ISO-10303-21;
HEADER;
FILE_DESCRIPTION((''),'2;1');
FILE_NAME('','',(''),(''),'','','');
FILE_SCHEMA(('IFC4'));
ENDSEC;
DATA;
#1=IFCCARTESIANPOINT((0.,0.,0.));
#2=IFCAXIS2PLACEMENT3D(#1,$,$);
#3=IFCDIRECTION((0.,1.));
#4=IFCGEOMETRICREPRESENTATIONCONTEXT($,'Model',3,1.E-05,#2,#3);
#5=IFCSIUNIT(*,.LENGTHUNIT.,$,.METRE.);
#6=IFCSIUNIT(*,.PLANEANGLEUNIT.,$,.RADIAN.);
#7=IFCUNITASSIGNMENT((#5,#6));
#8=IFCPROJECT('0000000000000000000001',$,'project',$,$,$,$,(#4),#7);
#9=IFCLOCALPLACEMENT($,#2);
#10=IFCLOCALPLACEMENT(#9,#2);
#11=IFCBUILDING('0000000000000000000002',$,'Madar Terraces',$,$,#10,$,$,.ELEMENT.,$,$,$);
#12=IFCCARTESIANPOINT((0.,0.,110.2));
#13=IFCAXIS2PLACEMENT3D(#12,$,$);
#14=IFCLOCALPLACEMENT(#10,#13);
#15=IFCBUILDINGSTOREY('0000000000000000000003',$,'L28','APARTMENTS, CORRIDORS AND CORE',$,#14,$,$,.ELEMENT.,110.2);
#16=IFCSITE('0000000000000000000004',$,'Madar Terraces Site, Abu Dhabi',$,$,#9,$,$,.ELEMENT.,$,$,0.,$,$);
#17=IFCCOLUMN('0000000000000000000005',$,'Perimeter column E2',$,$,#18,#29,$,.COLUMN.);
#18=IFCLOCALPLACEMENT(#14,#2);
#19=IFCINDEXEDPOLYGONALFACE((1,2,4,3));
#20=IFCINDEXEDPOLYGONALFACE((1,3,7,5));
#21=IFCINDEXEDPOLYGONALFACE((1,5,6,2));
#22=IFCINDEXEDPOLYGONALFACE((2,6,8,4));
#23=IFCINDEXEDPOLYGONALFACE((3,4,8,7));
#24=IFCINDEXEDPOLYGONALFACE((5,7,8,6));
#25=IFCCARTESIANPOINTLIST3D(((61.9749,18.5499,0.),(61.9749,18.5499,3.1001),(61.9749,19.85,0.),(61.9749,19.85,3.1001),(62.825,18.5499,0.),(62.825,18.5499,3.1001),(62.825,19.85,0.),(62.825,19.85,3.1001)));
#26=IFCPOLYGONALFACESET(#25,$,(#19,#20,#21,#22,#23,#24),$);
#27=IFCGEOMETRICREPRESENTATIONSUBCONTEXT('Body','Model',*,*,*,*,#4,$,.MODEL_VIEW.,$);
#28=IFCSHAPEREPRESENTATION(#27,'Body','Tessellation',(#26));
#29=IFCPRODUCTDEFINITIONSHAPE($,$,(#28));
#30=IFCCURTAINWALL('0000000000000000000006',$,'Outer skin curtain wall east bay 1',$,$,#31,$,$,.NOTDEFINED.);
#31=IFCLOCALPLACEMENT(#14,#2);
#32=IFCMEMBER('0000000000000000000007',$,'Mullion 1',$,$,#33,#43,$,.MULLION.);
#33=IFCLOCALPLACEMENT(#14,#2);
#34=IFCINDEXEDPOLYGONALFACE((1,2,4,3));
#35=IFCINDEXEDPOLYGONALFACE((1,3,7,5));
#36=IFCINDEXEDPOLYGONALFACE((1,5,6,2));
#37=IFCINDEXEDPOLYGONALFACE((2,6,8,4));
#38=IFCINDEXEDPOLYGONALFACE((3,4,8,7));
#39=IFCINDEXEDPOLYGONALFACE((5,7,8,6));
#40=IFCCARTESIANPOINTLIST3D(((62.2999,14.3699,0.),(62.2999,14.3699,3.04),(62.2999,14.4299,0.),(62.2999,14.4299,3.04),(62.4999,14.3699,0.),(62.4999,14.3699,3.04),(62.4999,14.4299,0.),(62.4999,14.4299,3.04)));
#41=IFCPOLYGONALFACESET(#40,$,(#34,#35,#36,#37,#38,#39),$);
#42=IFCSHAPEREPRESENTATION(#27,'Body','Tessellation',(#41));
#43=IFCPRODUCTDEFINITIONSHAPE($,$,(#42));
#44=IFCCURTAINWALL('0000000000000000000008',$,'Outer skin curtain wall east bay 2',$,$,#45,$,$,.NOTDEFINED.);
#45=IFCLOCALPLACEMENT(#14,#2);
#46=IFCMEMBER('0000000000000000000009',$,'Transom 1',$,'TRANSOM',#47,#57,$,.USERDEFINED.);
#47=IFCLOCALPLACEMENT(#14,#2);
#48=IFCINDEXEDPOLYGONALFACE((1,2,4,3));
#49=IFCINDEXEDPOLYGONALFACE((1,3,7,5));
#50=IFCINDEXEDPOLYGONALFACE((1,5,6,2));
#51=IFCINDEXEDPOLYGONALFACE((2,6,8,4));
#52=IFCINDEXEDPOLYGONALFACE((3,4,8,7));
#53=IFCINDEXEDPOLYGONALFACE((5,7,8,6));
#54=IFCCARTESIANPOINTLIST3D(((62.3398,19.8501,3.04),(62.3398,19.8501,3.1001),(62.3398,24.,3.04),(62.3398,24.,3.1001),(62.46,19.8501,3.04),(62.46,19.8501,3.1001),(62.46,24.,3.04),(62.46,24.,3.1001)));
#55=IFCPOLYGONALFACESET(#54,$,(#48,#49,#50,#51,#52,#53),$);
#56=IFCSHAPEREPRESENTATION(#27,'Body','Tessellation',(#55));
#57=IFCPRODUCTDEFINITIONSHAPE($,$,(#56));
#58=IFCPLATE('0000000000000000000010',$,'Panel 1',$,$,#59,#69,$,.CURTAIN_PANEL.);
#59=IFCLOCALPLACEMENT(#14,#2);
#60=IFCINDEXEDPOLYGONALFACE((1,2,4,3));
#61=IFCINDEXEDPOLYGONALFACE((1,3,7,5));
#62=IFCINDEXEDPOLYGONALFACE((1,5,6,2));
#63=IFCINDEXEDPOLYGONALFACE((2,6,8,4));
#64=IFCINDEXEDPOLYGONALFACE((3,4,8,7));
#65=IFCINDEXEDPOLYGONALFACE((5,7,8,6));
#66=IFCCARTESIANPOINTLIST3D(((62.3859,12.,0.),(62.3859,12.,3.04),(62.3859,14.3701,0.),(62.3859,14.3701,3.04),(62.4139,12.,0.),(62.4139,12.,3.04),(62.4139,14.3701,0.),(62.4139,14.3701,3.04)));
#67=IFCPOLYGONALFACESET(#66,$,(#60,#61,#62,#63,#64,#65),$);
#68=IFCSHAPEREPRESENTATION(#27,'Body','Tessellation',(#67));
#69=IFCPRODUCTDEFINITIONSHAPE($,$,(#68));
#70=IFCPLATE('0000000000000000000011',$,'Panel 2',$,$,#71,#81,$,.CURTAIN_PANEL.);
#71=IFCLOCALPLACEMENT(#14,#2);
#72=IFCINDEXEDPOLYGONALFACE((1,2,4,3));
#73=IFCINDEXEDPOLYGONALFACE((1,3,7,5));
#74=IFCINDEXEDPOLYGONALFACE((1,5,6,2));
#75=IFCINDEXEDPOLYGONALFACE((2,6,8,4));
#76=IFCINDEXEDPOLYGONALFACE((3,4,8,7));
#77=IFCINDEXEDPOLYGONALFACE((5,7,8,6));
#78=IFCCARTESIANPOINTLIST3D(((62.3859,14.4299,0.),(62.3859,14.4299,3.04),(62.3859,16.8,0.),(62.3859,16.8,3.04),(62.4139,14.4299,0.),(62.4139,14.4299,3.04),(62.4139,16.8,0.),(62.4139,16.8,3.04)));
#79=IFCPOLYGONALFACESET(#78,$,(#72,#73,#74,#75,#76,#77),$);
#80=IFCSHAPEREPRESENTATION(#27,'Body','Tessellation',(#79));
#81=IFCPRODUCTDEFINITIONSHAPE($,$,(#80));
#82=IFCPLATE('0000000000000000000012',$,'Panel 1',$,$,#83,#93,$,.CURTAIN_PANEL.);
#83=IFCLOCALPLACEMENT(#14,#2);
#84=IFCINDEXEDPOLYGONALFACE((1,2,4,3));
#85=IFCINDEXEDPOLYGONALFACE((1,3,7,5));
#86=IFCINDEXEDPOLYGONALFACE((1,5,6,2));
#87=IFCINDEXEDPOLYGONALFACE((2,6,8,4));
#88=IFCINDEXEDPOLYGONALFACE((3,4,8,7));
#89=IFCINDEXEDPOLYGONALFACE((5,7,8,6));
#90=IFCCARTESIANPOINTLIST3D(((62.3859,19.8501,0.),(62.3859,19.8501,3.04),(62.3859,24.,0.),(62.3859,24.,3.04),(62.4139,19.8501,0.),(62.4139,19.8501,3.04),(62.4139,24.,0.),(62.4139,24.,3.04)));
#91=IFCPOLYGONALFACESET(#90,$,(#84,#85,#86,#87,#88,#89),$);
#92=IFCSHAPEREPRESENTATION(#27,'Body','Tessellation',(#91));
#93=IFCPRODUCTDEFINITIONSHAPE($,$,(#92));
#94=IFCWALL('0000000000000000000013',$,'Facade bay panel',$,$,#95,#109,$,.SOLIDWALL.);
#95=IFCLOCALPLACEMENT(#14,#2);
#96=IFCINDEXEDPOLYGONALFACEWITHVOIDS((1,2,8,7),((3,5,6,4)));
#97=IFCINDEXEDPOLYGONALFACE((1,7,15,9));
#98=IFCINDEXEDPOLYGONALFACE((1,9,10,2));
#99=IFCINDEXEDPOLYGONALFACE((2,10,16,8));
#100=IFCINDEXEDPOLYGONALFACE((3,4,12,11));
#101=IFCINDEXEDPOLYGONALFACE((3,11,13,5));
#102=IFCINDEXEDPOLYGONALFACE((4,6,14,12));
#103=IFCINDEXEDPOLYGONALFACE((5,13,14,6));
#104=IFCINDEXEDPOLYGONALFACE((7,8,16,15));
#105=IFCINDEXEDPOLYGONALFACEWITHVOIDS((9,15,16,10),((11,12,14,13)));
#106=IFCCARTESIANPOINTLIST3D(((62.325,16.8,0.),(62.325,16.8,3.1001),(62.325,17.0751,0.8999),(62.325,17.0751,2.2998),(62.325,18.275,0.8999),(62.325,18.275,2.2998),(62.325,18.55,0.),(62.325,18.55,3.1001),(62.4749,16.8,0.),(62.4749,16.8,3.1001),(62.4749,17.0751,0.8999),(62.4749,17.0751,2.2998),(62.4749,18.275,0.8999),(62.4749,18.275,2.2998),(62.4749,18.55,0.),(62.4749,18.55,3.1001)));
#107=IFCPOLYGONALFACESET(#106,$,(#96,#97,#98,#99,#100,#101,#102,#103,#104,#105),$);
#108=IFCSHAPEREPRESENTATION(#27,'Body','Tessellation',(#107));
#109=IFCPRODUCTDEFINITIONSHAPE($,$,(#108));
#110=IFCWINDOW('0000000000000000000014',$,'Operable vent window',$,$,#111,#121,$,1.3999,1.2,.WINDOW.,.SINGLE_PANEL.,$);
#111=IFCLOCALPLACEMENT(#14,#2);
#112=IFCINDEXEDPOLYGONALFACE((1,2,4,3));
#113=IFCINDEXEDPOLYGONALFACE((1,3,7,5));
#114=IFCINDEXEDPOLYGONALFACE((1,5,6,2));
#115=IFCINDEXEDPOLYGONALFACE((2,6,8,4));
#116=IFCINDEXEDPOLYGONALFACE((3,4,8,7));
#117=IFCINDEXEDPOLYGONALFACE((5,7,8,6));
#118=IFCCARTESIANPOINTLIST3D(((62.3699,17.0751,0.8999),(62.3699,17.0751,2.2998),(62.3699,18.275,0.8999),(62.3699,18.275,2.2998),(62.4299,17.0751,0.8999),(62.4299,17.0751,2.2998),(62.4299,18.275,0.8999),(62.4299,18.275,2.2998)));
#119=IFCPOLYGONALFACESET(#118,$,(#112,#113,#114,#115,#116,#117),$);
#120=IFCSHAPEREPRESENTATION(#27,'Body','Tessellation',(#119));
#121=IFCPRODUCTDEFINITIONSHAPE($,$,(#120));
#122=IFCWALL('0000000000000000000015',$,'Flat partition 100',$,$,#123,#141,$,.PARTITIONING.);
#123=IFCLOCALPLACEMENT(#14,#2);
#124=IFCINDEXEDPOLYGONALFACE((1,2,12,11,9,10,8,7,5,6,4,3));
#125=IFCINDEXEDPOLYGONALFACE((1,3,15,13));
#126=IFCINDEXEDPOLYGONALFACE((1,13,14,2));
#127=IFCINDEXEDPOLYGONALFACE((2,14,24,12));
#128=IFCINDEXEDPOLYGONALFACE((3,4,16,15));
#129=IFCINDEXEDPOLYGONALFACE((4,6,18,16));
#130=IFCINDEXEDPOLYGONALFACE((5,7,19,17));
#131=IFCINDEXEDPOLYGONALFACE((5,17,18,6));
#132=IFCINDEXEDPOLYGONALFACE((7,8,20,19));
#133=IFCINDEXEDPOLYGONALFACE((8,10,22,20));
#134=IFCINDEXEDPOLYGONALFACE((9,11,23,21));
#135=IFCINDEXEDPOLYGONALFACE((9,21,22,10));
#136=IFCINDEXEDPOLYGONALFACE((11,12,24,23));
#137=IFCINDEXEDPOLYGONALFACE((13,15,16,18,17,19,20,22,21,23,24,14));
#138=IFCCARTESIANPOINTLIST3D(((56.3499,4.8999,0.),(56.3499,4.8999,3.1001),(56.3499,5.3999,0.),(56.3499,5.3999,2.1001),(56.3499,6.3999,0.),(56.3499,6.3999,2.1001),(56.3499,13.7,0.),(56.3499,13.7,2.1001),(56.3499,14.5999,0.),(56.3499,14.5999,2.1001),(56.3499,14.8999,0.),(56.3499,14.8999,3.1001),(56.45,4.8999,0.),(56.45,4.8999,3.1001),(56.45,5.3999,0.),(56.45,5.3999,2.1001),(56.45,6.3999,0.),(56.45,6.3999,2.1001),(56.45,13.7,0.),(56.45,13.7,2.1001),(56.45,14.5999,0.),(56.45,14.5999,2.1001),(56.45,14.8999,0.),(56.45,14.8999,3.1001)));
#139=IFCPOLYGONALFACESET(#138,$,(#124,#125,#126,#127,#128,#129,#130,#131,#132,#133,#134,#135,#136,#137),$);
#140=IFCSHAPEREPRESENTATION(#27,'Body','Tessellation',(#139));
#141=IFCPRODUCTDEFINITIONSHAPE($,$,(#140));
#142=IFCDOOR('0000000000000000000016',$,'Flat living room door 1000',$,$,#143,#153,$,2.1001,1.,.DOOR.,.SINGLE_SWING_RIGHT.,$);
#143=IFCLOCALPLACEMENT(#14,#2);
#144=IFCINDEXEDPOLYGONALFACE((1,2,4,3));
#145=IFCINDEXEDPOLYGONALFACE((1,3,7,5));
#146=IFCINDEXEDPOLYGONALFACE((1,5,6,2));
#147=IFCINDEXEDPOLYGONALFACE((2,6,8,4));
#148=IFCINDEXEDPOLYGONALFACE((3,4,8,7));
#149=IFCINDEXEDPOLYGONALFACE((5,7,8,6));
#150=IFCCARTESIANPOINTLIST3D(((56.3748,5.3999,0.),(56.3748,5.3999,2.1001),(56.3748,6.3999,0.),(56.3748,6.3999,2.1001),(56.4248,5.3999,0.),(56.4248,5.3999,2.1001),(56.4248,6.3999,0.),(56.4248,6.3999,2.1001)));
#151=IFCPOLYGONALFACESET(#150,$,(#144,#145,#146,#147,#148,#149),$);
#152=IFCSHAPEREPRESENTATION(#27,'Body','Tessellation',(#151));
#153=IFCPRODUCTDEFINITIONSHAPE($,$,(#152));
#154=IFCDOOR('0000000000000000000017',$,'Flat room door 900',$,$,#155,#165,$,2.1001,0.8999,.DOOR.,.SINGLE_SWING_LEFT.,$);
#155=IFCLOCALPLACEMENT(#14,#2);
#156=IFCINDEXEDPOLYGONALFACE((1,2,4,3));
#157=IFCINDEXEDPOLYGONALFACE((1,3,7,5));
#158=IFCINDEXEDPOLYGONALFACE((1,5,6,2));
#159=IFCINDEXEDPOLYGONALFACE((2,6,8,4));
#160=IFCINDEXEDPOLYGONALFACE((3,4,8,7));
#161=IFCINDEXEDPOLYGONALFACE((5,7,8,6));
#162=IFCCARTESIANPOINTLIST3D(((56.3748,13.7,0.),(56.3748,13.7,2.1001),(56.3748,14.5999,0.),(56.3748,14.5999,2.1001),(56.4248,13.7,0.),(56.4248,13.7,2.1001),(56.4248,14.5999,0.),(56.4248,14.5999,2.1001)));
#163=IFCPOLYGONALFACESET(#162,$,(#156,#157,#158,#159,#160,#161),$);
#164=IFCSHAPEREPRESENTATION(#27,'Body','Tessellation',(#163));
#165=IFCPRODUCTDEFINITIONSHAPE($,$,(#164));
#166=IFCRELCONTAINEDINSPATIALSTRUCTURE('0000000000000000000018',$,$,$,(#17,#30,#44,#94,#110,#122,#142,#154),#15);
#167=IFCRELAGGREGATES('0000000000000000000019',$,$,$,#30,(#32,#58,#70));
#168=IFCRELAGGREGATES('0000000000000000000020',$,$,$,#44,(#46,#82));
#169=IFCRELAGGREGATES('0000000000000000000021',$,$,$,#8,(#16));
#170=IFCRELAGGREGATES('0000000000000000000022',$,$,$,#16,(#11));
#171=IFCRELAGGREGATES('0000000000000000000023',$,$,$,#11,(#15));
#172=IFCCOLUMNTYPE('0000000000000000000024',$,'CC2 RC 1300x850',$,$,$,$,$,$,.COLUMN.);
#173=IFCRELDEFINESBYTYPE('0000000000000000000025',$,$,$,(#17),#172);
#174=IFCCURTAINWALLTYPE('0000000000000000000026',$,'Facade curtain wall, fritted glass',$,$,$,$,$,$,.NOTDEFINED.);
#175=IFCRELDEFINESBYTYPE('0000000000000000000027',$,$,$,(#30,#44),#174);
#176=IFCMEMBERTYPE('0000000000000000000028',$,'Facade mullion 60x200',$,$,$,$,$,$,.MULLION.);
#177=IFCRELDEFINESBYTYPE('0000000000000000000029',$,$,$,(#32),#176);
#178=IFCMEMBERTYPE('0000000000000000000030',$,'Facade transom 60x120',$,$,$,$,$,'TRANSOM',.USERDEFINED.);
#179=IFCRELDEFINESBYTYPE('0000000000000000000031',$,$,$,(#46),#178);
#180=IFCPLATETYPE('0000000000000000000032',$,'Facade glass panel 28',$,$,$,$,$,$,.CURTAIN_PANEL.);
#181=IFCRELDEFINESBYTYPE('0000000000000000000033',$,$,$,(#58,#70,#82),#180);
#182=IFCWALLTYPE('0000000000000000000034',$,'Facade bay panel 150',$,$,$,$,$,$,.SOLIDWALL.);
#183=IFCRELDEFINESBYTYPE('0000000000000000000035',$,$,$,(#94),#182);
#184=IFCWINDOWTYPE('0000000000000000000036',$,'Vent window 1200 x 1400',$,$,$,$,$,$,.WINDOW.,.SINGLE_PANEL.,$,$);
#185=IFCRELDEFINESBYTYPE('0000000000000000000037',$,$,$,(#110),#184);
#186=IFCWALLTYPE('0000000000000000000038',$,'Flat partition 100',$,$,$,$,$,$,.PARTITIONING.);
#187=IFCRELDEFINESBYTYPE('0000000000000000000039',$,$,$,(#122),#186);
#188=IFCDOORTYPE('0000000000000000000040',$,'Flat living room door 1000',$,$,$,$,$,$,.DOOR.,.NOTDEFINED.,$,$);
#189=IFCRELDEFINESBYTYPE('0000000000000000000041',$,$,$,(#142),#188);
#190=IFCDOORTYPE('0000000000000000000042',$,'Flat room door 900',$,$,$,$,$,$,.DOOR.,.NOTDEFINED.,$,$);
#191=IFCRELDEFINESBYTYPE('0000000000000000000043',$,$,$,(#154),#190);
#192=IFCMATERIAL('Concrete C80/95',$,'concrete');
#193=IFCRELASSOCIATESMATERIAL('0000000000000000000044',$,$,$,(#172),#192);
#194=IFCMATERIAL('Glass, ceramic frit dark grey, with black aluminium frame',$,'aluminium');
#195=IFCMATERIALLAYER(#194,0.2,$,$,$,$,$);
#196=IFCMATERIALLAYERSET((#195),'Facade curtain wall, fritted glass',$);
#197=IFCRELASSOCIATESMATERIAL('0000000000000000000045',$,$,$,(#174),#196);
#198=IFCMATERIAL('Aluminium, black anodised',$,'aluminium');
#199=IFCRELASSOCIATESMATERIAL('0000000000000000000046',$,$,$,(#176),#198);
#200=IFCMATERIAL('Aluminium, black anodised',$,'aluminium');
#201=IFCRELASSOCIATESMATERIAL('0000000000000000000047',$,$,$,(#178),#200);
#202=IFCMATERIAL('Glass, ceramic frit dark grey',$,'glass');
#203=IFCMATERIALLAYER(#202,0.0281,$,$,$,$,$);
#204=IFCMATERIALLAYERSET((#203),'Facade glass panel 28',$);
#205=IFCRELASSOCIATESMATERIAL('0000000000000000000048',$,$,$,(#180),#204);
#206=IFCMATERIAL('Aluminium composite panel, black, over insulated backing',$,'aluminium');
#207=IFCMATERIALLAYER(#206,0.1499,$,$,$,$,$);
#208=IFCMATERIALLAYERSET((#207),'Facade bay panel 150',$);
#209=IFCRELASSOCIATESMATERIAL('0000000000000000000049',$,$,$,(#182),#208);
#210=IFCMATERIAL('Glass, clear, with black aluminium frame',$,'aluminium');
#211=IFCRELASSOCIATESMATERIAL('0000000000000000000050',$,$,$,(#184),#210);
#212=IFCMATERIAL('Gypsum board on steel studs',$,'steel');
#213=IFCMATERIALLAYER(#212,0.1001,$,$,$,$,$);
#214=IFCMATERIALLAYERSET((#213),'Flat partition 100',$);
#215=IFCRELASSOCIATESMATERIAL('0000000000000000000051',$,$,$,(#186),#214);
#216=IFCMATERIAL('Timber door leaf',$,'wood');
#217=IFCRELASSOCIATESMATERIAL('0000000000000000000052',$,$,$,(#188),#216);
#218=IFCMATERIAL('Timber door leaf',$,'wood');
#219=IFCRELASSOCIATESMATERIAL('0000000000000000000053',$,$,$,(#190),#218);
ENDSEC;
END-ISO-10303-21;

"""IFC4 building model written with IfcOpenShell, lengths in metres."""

from ifc_helpers import new_model, si_unit, direction, frame, frame_2d, origin, origin_2d, place, context, subcontext, project, spatial, rectangle, extrude, material, layer, layer_set, material_profile, profile_set, type_object, element, fill, aggregate, save


model = new_model("IFC4")

# Units and contexts
model_context = context("Model", 3, precision=1e-05, world=origin(), true_north=direction((0.0, 1.0)))
body_context = subcontext(model_context, "Body", "Model", "MODEL_VIEW")
ifc_project = project(units=[si_unit("LENGTHUNIT", "METRE"), si_unit("PLANEANGLEUNIT", "RADIAN")], contexts=[model_context])

# Site, building, storey
site_placement = place(None, origin())
site = spatial("IfcSite", under=ifc_project, at=site_placement, Name="Madar Terraces Site, Abu Dhabi", CompositionType="ELEMENT", RefElevation=0.0)
building_placement = place(site_placement, origin())
building = spatial("IfcBuilding", under=site, at=building_placement, Name="Madar Terraces", CompositionType="ELEMENT")
storey_placement = place(building_placement, frame((0.0, 0.0, 110.2)))
storey = spatial("IfcBuildingStorey", under=building, at=storey_placement, Name="L28", Description="APARTMENTS, CORRIDORS AND CORE", CompositionType="ELEMENT", Elevation=110.2)

# Column
ifc_material_1 = material(Name="Concrete C80/95", Category="concrete")
ifc_material_profile_1 = material_profile(ifc_material_1, rectangle(XDim=1.3, YDim=0.8501, at=origin_2d()), Name="CC2 RC 1300x850")
ifc_profile_set_1 = profile_set([ifc_material_profile_1], Name="Concrete C80/95")
column_type = type_object("IfcColumnType", Name="CC2 RC 1300x850", PredefinedType="COLUMN", material=ifc_profile_set_1)
column_placement = place(storey_placement, frame((62.3999, 19.2, 0.0), z_axis=(0.0, 0.0, 1.0), x_axis=(0.0, 1.0, 0.0)))
element("IfcColumn", 1, at=column_placement, inside=storey, type_object=column_type, Name="Perimeter column E2", PredefinedType="COLUMN", context=body_context, shape_type="SweptSolid", body=[
    extrude(rectangle(XDim=1.3, YDim=0.8501, at=origin_2d()), origin(), (0.0, 0.0, 1.0), 3.1001),
])

# Curtain walls, members
ifc_material_2 = material(Name="Glass, ceramic frit dark grey, with black aluminium frame", Category="aluminium")
ifc_layer_1 = layer(ifc_material_2, 0.2)
ifc_layer_set_1 = layer_set([ifc_layer_1], Name="Facade curtain wall, fritted glass")
curtain_wall_type = type_object("IfcCurtainWallType", Name="Facade curtain wall, fritted glass", PredefinedType="NOTDEFINED", material=ifc_layer_set_1)
curtain_wall_1_placement = place(storey_placement, origin())
curtain_wall_1 = element("IfcCurtainWall", 2, at=curtain_wall_1_placement, inside=storey, type_object=curtain_wall_type, Name="Outer skin curtain wall east bay 1", PredefinedType="NOTDEFINED")
ifc_material_3 = material(Name="Aluminium, black anodised", Category="aluminium")
ifc_material_profile_2 = material_profile(ifc_material_3, rectangle(XDim=0.2, YDim=0.0601, at=origin_2d()), Name="Facade mullion 60x200")
ifc_profile_set_2 = profile_set([ifc_material_profile_2], Name="Aluminium, black anodised")
member_type_1 = type_object("IfcMemberType", Name="Facade mullion 60x200", PredefinedType="MULLION", material=ifc_profile_set_2)
member_1_placement = place(storey_placement, frame((62.3999, 14.3999, 0.0), z_axis=(0.0, 0.0, 1.0), x_axis=(-1.0, 0.0, 0.0)))
member_1 = element("IfcMember", 3, at=member_1_placement, type_object=member_type_1, Name="Mullion 1", PredefinedType="MULLION", context=body_context, shape_type="SweptSolid", body=[
    extrude(rectangle(XDim=0.2, YDim=0.0601, at=origin_2d()), origin(), (0.0, 0.0, 1.0), 3.04),
])
curtain_wall_2_placement = place(storey_placement, origin())
curtain_wall_2 = element("IfcCurtainWall", 4, at=curtain_wall_2_placement, inside=storey, type_object=curtain_wall_type, Name="Outer skin curtain wall east bay 2", PredefinedType="NOTDEFINED")
ifc_material_4 = material(Name="Aluminium, black anodised", Category="aluminium")
ifc_material_profile_3 = material_profile(ifc_material_4, rectangle(XDim=0.1201, YDim=0.0601, at=origin_2d()), Name="Facade transom 60x120")
ifc_profile_set_3 = profile_set([ifc_material_profile_3], Name="Aluminium, black anodised")
member_type_2 = type_object("IfcMemberType", Name="Facade transom 60x120", ElementType="TRANSOM", PredefinedType="USERDEFINED", material=ifc_profile_set_3)
member_2_placement = place(storey_placement, frame((62.3999, 19.8501, 3.0701), z_axis=(0.0, 1.0, 0.0), x_axis=(-1.0, 0.0, 0.0)))
member_2 = element("IfcMember", 5, at=member_2_placement, type_object=member_type_2, Name="Transom 1", ObjectType="TRANSOM", PredefinedType="USERDEFINED", context=body_context, shape_type="SweptSolid", body=[
    extrude(rectangle(XDim=0.1201, YDim=0.0601, at=origin_2d()), origin(), (0.0, 0.0, 1.0), 4.1499),
])

# Plates
ifc_material_5 = material(Name="Glass, ceramic frit dark grey", Category="glass")
ifc_layer_2 = layer(ifc_material_5, 0.0281)
ifc_layer_set_2 = layer_set([ifc_layer_2], Name="Facade glass panel 28")
plate_type = type_object("IfcPlateType", Name="Facade glass panel 28", PredefinedType="CURTAIN_PANEL", material=ifc_layer_set_2)
plate_1_placement = place(storey_placement, frame((62.3999, 13.1851, 0.0), z_axis=(0.0, 0.0, 1.0), x_axis=(0.0, 1.0, 0.0)))
plate_1 = element("IfcPlate", 6, at=plate_1_placement, type_object=plate_type, Name="Panel 1", PredefinedType="CURTAIN_PANEL", context=body_context, shape_type="SweptSolid", body=[
    extrude(rectangle(XDim=2.3701, YDim=0.0281, at=origin_2d()), origin(), (0.0, 0.0, 1.0), 3.04),
])
plate_2_placement = place(storey_placement, frame((62.3999, 15.615, 0.0), z_axis=(0.0, 0.0, 1.0), x_axis=(0.0, 1.0, 0.0)))
plate_2 = element("IfcPlate", 7, at=plate_2_placement, type_object=plate_type, Name="Panel 2", PredefinedType="CURTAIN_PANEL", context=body_context, shape_type="SweptSolid", body=[
    extrude(rectangle(XDim=2.3701, YDim=0.0281, at=origin_2d()), origin(), (0.0, 0.0, 1.0), 3.04),
])
aggregate(curtain_wall_1, [member_1, plate_1, plate_2])
plate_3_placement = place(storey_placement, frame((62.3999, 21.925, 0.0), z_axis=(0.0, 0.0, 1.0), x_axis=(0.0, 1.0, 0.0)))
plate_3 = element("IfcPlate", 8, at=plate_3_placement, type_object=plate_type, Name="Panel 1", PredefinedType="CURTAIN_PANEL", context=body_context, shape_type="SweptSolid", body=[
    extrude(rectangle(XDim=4.1499, YDim=0.0281, at=origin_2d()), origin(), (0.0, 0.0, 1.0), 3.04),
])
aggregate(curtain_wall_2, [member_2, plate_3])

# Wall, opening, window
ifc_material_6 = material(Name="Aluminium composite panel, black, over insulated backing", Category="aluminium")
ifc_layer_3 = layer(ifc_material_6, 0.1499)
ifc_layer_set_3 = layer_set([ifc_layer_3], Name="Facade bay panel 150")
wall_type_1 = type_object("IfcWallType", Name="Facade bay panel 150", PredefinedType="SOLIDWALL", material=ifc_layer_set_3)
wall_1_placement = place(storey_placement, frame((62.3999, 16.8, 0.0), z_axis=(0.0, 0.0, 1.0), x_axis=(0.0, 1.0, 0.0)))
wall_1 = element("IfcWall", 9, at=wall_1_placement, inside=storey, type_object=wall_type_1, Name="Facade bay panel", PredefinedType="SOLIDWALL", context=body_context, shape_type="SweptSolid", body=[
    extrude(rectangle(XDim=1.75, YDim=0.1499, at=frame_2d((0.875, 0.0))), origin(), (0.0, 0.0, 1.0), 3.1001),
])
opening_1_placement = place(wall_1_placement, frame((0.2749, 0.0, 0.8999)))
opening_1 = element("IfcOpeningElement", 10, at=opening_1_placement, cuts=wall_1, PredefinedType="OPENING", context=body_context, shape_type="SweptSolid", body=[
    extrude(rectangle(XDim=1.2, YDim=1.3999, at=frame_2d((0.6001, 0.7))), frame((0.0, 0.085, 0.0), z_axis=(0.0, -1.0, 0.0), x_axis=(1.0, 0.0, 0.0)), (0.0, 0.0, 1.0), 0.1699),
])
ifc_material_7 = material(Name="Glass, clear, with black aluminium frame", Category="aluminium")
window_type = type_object("IfcWindowType", Name="Vent window 1200 x 1400", PartitioningType="SINGLE_PANEL", PredefinedType="WINDOW", material=ifc_material_7)
window_placement = place(opening_1_placement, origin())
window = element("IfcWindow", 11, at=window_placement, inside=storey, type_object=window_type, Name="Operable vent window", OverallHeight=1.3999, OverallWidth=1.2, PartitioningType="SINGLE_PANEL", PredefinedType="WINDOW", context=body_context, shape_type="SweptSolid", body=[
    extrude(rectangle(XDim=1.2, YDim=1.3999, at=frame_2d((0.6001, 0.7))), frame((0.0, 0.03, 0.0), z_axis=(0.0, -1.0, 0.0), x_axis=(1.0, 0.0, 0.0)), (0.0, 0.0, 1.0), 0.0601),
])
fill(opening_1, window)

# Wall, openings, doors
ifc_material_8 = material(Name="Gypsum board on steel studs", Category="steel")
ifc_layer_4 = layer(ifc_material_8, 0.1001)
ifc_layer_set_4 = layer_set([ifc_layer_4], Name="Flat partition 100")
wall_type_2 = type_object("IfcWallType", Name="Flat partition 100", PredefinedType="PARTITIONING", material=ifc_layer_set_4)
wall_2_placement = place(storey_placement, frame((56.3999, 14.8999, 0.0), z_axis=(0.0, 0.0, 1.0), x_axis=(0.0, -1.0, 0.0)))
wall_2 = element("IfcWall", 12, at=wall_2_placement, inside=storey, type_object=wall_type_2, Name="Flat partition 100", PredefinedType="PARTITIONING", context=body_context, shape_type="SweptSolid", body=[
    extrude(rectangle(XDim=10.0, YDim=0.1001, at=frame_2d((5.0, 0.0))), origin(), (0.0, 0.0, 1.0), 3.1001),
])
opening_2_placement = place(wall_2_placement, frame((0.3, 0.0, 0.0)))
opening_2 = element("IfcOpeningElement", 13, at=opening_2_placement, cuts=wall_2, PredefinedType="OPENING", context=body_context, shape_type="SweptSolid", body=[
    extrude(rectangle(XDim=0.8999, YDim=2.1001, at=frame_2d((0.45, 1.05))), frame((0.0, 0.0601, 0.0), z_axis=(0.0, -1.0, 0.0), x_axis=(1.0, 0.0, 0.0)), (0.0, 0.0, 1.0), 0.1201),
])
opening_3_placement = place(wall_2_placement, frame((8.5, 0.0, 0.0)))
opening_3 = element("IfcOpeningElement", 14, at=opening_3_placement, cuts=wall_2, PredefinedType="OPENING", context=body_context, shape_type="SweptSolid", body=[
    extrude(rectangle(XDim=1.0, YDim=2.1001, at=frame_2d((0.5, 1.05))), frame((0.0, 0.0601, 0.0), z_axis=(0.0, -1.0, 0.0), x_axis=(1.0, 0.0, 0.0)), (0.0, 0.0, 1.0), 0.1201),
])
ifc_material_9 = material(Name="Timber door leaf", Category="wood")
door_type_1 = type_object("IfcDoorType", Name="Flat living room door 1000", OperationType="NOTDEFINED", PredefinedType="DOOR", material=ifc_material_9)
door_1_placement = place(opening_3_placement, origin())
door_1 = element("IfcDoor", 15, at=door_1_placement, inside=storey, type_object=door_type_1, Name="Flat living room door 1000", OperationType="SINGLE_SWING_RIGHT", OverallHeight=2.1001, OverallWidth=1.0, PredefinedType="DOOR", context=body_context, shape_type="SweptSolid", body=[
    extrude(rectangle(XDim=1.0, YDim=2.1001, at=frame_2d((0.5, 1.05))), frame((0.0, 0.0249, 0.0), z_axis=(0.0, -1.0, 0.0), x_axis=(1.0, 0.0, 0.0)), (0.0, 0.0, 1.0), 0.05),
])
fill(opening_3, door_1)
ifc_material_10 = material(Name="Timber door leaf", Category="wood")
door_type_2 = type_object("IfcDoorType", Name="Flat room door 900", OperationType="NOTDEFINED", PredefinedType="DOOR", material=ifc_material_10)
door_2_placement = place(opening_2_placement, origin())
door_2 = element("IfcDoor", 16, at=door_2_placement, inside=storey, type_object=door_type_2, Name="Flat room door 900", OperationType="SINGLE_SWING_LEFT", OverallHeight=2.1001, OverallWidth=0.8999, PredefinedType="DOOR", context=body_context, shape_type="SweptSolid", body=[
    extrude(rectangle(XDim=0.8999, YDim=2.1001, at=frame_2d((0.45, 1.05))), frame((0.0, 0.0249, 0.0), z_axis=(0.0, -1.0, 0.0), x_axis=(1.0, 0.0, 0.0)), (0.0, 0.0, 1.0), 0.05),
])
fill(opening_2, door_2)

save(model, "model.ifc")
